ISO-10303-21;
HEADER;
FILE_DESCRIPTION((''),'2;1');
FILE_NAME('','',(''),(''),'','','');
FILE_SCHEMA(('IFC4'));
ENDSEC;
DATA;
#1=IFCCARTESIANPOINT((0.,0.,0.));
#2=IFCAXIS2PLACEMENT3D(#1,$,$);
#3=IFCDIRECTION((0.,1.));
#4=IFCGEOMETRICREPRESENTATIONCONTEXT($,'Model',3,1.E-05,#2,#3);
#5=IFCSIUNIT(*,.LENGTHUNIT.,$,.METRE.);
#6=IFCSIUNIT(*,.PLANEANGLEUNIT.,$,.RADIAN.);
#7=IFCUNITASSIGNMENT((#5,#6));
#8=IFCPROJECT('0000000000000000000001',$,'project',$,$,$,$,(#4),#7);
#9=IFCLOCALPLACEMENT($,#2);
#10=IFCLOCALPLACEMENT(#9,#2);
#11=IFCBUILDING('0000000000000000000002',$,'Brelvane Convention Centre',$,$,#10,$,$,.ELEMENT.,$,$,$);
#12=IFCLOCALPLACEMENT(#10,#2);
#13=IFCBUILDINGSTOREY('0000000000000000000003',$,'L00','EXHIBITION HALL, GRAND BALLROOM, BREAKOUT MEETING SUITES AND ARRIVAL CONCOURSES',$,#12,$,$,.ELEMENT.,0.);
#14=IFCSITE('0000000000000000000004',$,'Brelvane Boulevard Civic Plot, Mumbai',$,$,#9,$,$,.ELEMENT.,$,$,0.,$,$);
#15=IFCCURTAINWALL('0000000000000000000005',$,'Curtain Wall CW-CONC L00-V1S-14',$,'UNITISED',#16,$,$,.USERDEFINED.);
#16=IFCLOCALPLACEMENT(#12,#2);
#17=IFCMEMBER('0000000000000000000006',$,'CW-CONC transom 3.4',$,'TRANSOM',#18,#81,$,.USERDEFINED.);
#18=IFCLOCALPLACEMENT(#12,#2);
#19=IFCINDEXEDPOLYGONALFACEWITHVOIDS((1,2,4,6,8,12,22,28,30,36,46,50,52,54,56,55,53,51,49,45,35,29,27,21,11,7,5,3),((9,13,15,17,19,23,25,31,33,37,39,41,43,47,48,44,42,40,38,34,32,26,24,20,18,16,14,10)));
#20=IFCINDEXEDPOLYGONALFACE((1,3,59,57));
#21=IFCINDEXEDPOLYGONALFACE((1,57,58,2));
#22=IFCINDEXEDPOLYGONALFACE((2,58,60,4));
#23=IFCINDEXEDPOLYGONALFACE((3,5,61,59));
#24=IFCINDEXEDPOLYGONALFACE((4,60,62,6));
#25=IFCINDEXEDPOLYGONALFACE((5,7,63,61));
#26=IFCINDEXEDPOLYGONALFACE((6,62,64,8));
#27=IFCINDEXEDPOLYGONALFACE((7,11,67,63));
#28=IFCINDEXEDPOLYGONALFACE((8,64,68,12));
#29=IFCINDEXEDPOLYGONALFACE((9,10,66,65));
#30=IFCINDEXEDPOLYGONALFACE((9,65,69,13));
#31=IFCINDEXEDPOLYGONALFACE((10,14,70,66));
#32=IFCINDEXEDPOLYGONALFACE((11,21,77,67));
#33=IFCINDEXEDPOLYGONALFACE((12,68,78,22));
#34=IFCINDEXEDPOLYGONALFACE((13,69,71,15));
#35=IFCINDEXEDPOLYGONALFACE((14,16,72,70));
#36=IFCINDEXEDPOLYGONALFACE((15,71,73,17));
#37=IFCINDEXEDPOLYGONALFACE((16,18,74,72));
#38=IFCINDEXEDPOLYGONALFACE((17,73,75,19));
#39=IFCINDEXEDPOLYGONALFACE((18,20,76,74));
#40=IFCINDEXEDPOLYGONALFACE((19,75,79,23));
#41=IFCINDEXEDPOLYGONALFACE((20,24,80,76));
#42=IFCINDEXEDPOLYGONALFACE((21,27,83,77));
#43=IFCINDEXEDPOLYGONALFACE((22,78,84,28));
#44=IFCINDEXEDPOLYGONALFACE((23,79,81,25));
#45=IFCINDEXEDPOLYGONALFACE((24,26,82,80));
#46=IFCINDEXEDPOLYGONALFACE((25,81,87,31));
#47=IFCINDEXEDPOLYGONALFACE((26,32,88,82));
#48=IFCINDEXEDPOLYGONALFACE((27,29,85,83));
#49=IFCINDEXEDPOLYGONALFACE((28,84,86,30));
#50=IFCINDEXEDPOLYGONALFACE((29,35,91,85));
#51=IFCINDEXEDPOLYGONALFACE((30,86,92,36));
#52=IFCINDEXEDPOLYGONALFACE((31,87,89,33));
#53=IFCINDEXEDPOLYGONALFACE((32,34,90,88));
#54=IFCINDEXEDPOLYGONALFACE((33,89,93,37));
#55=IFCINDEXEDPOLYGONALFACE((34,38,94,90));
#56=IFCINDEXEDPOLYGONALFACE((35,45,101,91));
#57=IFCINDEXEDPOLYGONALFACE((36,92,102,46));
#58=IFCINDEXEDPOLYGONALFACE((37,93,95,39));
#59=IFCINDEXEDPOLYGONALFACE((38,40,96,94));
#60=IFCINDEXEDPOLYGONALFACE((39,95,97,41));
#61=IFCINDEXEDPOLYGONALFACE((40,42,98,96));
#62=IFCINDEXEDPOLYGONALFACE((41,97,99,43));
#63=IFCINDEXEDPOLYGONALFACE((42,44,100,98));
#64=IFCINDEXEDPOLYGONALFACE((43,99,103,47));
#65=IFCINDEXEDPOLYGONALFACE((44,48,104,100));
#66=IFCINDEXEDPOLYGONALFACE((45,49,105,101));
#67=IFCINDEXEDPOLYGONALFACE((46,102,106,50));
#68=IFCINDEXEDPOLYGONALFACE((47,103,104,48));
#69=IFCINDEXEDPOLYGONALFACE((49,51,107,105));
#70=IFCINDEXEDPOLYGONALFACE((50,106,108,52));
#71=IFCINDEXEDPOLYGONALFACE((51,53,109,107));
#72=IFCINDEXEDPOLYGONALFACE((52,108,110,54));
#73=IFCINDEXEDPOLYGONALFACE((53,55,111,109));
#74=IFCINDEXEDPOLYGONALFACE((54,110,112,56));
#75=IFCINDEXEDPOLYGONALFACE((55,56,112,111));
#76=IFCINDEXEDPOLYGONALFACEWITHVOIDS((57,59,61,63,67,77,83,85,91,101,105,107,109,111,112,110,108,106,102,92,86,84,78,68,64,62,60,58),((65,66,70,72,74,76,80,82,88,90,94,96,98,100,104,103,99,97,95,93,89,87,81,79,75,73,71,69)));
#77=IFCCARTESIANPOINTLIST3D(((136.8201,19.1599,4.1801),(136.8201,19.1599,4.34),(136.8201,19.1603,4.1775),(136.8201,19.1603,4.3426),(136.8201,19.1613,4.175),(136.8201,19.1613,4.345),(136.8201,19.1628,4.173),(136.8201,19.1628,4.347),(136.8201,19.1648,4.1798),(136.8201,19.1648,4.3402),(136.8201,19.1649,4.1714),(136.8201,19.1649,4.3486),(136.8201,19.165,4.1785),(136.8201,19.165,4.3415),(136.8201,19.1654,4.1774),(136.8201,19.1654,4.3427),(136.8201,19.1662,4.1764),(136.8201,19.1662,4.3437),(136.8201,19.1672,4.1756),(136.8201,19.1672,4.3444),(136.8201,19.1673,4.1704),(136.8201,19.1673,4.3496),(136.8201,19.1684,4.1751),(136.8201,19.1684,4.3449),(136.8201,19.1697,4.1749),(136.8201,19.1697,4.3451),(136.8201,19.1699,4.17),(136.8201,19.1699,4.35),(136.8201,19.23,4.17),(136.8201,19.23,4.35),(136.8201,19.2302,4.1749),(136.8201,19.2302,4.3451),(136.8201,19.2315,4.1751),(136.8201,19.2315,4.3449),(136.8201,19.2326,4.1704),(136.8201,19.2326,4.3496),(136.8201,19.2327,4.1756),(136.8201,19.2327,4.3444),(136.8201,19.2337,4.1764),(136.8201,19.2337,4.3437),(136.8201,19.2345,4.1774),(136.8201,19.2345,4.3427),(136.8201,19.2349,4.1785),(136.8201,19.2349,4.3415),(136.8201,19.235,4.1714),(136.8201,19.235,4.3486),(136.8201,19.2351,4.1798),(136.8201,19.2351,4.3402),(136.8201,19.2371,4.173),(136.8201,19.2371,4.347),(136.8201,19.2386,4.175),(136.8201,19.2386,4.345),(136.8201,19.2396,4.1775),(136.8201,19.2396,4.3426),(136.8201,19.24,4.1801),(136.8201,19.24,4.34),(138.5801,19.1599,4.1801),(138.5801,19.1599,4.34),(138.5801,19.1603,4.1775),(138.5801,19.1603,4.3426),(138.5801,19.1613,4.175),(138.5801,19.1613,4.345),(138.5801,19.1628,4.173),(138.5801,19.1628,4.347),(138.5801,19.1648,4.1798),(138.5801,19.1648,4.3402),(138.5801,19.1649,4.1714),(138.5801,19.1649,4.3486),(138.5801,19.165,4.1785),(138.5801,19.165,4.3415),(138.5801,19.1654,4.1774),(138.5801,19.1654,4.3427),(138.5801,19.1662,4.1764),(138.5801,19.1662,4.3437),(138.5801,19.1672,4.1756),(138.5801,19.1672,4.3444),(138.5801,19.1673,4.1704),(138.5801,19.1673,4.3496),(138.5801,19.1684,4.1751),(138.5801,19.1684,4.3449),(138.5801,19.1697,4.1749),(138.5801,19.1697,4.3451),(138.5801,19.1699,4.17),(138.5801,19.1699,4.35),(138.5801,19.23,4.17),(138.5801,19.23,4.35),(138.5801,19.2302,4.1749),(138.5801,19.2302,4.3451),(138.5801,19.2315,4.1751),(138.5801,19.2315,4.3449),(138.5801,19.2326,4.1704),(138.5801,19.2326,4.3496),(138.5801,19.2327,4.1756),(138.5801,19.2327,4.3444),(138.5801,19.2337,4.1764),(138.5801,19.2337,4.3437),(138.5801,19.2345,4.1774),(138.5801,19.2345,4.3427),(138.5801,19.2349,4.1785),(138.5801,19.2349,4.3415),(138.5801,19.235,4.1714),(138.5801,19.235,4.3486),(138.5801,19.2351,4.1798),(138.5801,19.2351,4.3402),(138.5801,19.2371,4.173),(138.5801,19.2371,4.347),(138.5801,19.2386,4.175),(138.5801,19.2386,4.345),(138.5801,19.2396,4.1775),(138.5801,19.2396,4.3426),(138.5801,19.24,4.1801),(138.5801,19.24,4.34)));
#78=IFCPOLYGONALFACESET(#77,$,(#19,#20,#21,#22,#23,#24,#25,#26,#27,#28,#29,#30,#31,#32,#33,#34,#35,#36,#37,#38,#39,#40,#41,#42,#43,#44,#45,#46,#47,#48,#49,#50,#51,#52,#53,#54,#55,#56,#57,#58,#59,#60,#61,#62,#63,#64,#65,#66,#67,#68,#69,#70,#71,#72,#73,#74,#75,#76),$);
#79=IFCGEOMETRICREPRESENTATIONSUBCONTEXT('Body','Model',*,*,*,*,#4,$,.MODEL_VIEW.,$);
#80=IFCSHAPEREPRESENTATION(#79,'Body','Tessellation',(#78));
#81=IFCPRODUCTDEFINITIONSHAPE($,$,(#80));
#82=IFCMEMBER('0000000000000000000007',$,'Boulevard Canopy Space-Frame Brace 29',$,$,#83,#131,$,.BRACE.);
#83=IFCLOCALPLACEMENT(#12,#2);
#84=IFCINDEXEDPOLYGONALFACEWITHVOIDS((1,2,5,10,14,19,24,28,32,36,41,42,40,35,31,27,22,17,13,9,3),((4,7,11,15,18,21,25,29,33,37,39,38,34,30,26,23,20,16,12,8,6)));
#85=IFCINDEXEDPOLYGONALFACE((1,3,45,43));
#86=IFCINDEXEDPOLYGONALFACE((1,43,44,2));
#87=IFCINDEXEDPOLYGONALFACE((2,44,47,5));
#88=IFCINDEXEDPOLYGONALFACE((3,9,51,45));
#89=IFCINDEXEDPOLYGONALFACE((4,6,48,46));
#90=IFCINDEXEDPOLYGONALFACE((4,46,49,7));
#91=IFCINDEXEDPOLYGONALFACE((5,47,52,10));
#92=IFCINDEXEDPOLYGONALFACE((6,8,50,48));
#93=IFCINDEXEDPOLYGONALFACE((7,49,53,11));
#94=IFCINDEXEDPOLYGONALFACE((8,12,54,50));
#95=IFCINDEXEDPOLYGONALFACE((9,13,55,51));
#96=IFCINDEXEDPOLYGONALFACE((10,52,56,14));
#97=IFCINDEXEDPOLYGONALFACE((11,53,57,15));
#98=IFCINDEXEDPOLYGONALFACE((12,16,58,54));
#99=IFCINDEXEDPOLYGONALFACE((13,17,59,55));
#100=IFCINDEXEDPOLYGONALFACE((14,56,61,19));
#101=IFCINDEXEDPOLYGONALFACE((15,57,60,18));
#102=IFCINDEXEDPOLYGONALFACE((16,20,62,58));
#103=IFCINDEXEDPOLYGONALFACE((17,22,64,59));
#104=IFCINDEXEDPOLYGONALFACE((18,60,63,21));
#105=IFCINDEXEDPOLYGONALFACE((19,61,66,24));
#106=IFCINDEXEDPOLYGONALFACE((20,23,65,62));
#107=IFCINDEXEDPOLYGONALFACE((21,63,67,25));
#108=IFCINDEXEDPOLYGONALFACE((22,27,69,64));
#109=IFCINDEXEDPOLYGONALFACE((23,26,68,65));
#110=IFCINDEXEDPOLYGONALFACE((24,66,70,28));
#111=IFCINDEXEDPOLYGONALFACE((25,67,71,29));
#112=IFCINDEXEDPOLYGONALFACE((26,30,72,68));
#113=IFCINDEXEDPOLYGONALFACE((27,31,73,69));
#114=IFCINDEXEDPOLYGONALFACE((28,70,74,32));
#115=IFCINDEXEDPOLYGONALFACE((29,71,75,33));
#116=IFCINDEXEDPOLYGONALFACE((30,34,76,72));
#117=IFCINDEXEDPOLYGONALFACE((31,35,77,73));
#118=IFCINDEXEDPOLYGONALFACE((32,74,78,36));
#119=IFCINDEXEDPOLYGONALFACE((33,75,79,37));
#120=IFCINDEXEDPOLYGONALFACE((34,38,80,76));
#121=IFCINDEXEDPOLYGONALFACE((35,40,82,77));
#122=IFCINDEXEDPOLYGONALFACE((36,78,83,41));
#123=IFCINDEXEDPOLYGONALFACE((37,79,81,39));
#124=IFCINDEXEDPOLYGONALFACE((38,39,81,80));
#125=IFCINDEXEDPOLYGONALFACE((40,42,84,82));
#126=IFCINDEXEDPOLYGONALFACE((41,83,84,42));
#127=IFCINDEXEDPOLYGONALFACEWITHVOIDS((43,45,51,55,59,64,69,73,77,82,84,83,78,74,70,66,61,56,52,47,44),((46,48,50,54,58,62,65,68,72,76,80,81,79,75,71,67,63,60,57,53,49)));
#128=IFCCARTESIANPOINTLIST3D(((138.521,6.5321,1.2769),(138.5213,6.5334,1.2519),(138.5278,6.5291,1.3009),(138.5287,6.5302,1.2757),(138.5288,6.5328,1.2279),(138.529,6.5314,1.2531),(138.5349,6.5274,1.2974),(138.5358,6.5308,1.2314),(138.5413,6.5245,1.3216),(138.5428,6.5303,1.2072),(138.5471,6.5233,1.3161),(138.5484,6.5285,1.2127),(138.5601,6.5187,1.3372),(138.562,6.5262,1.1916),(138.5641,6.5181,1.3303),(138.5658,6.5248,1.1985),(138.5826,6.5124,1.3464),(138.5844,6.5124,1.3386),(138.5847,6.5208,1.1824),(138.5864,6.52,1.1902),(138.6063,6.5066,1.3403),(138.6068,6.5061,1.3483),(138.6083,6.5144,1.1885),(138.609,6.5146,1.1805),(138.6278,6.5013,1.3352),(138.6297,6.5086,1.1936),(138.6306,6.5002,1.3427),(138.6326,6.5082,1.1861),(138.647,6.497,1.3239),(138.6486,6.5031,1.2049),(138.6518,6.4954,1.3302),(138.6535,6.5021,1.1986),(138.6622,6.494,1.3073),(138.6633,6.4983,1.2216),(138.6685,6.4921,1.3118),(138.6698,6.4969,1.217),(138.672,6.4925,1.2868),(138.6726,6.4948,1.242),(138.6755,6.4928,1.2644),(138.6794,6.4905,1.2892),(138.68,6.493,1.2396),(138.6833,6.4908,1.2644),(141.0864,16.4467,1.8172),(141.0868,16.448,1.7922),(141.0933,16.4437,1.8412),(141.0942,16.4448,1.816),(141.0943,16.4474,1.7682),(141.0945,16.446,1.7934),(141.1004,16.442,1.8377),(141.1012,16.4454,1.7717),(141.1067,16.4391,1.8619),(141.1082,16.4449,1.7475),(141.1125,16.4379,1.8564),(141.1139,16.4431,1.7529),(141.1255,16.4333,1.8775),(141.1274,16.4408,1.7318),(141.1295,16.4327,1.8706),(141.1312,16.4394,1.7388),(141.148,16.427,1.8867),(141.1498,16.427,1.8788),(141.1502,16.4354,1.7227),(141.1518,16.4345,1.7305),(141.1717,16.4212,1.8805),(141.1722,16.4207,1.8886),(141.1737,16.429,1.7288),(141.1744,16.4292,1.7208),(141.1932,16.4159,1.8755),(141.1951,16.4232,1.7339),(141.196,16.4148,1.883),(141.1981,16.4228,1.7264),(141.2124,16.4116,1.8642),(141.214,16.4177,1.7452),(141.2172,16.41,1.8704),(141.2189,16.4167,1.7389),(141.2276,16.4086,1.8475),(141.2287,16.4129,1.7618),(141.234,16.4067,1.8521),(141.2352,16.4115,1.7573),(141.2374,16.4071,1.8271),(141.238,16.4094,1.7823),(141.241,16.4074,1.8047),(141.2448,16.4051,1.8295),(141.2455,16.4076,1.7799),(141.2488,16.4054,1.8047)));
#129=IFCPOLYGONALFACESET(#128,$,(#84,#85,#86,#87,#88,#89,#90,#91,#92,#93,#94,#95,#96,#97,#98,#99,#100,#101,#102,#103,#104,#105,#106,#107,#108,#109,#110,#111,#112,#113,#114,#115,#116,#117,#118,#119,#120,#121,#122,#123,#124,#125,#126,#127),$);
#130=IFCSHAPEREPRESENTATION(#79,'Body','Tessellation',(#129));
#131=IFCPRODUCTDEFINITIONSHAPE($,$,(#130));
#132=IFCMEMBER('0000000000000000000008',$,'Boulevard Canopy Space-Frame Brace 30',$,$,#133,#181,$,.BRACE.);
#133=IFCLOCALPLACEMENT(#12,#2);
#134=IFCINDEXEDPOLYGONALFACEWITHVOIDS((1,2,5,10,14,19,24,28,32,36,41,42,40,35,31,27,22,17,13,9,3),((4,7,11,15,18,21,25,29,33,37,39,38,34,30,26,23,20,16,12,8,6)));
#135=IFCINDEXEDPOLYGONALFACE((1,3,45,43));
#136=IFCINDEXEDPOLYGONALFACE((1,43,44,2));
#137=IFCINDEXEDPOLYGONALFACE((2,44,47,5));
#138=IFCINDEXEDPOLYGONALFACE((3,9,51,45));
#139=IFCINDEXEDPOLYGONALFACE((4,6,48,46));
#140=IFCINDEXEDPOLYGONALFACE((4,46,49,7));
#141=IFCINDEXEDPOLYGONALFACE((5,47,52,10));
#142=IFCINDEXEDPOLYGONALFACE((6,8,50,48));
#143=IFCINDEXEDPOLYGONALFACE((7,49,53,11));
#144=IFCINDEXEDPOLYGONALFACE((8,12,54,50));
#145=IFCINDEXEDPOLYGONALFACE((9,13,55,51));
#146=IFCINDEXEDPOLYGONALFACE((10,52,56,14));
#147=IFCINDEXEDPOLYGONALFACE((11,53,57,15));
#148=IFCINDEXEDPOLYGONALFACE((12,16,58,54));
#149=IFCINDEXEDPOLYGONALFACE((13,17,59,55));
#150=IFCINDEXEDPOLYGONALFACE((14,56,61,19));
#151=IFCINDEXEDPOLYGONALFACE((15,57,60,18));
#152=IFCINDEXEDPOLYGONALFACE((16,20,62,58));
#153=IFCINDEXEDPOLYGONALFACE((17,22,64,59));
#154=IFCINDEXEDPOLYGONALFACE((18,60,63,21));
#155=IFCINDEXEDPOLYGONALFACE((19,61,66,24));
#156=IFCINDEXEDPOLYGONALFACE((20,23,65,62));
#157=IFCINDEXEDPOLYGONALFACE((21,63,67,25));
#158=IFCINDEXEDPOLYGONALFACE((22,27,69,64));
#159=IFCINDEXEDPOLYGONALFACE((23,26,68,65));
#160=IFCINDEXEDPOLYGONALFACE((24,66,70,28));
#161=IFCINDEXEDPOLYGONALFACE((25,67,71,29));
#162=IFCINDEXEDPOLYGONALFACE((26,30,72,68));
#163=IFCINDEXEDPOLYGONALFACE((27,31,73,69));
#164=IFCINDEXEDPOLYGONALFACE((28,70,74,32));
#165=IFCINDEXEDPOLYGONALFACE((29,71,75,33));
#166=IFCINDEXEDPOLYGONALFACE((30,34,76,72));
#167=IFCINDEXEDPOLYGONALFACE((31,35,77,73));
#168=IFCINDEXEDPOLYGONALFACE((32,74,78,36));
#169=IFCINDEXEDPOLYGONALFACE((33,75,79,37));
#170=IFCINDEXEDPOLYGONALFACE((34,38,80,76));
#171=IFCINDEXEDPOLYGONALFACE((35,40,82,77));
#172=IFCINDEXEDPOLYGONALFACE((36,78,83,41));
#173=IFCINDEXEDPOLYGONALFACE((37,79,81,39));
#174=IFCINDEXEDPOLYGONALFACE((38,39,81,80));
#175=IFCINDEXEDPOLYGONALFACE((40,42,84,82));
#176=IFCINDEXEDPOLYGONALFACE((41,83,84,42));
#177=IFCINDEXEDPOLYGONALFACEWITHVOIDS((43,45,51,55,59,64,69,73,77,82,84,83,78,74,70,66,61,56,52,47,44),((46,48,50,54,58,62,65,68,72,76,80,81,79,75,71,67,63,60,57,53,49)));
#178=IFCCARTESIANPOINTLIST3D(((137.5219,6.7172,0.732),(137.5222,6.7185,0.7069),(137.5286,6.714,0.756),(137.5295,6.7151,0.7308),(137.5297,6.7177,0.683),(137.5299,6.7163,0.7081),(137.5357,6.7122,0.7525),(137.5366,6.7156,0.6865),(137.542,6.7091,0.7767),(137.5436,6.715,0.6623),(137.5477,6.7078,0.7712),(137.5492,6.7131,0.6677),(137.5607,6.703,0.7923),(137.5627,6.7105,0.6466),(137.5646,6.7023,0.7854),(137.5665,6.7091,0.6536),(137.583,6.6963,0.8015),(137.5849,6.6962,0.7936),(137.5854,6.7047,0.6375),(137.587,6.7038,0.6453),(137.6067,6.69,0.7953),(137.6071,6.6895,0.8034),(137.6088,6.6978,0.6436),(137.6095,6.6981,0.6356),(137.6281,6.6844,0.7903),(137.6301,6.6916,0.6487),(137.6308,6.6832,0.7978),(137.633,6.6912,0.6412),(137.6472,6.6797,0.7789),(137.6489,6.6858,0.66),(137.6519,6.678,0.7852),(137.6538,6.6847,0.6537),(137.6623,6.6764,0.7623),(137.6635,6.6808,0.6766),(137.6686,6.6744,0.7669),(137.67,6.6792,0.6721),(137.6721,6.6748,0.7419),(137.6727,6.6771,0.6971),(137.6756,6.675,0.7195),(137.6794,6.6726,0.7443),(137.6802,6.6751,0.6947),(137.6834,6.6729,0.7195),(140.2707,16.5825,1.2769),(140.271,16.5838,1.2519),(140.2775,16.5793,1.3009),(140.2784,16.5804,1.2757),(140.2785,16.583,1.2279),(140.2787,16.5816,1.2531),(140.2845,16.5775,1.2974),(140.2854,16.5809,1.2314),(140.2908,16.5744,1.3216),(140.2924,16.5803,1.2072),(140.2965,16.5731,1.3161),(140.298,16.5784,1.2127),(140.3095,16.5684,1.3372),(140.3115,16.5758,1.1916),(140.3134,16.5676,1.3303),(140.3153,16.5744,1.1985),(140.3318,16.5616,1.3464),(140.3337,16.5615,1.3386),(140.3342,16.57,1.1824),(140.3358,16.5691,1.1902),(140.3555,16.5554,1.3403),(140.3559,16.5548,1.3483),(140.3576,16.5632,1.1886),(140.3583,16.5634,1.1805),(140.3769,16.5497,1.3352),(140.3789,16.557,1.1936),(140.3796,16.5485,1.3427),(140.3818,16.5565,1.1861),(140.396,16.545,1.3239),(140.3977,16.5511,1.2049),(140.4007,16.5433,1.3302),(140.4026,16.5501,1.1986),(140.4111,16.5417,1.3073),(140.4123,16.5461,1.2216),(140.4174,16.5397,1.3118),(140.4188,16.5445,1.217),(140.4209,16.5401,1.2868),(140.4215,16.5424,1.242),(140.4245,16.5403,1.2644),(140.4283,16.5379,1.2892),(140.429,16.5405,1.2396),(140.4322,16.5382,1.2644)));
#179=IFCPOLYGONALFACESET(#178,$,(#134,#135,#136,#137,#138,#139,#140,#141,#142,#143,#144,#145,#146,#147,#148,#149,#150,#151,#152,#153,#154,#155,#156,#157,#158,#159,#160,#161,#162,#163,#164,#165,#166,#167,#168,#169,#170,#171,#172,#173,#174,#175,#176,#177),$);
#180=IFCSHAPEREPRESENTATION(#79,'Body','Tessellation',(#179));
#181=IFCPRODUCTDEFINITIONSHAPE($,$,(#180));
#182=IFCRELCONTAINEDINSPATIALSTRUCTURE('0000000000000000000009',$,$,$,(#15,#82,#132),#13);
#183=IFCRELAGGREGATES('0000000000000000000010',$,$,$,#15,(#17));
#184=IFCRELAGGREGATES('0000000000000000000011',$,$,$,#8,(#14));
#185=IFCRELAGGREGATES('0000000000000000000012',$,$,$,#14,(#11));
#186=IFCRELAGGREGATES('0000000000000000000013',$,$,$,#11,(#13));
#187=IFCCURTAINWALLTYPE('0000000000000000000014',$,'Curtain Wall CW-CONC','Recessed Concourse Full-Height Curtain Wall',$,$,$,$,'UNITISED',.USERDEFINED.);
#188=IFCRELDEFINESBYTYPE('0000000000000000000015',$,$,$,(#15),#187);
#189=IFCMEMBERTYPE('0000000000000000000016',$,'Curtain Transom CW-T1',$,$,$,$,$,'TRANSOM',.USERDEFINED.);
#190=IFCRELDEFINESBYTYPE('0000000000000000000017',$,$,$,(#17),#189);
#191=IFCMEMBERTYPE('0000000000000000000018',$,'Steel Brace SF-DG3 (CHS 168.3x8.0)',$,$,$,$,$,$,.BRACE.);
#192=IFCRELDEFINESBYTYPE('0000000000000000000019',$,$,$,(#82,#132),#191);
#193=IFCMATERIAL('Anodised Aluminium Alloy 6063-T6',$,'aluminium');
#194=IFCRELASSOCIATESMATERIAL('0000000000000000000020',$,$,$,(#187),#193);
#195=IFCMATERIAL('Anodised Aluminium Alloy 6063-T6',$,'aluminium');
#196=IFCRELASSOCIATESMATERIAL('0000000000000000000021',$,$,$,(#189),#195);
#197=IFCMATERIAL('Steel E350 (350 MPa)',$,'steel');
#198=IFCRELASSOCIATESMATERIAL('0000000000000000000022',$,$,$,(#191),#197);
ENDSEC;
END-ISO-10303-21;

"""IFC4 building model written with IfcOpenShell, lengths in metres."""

from ifc_helpers import new_model, si_unit, direction, frame, origin, origin_2d, place, context, subcontext, project, spatial, hollow_rectangle, hollow_circle, extrude, material, material_profile, profile_set, type_object, element, aggregate, save


model = new_model("IFC4")

# Units and contexts
model_context = context("Model", 3, precision=1e-05, world=origin(), true_north=direction((0.0, 1.0)))
body_context = subcontext(model_context, "Body", "Model", "MODEL_VIEW")
ifc_project = project(units=[si_unit("LENGTHUNIT", "METRE"), si_unit("PLANEANGLEUNIT", "RADIAN")], contexts=[model_context])

# Site, building, storey
site_placement = place(None, origin())
site = spatial("IfcSite", under=ifc_project, at=site_placement, Name="Brelvane Boulevard Civic Plot, Mumbai", CompositionType="ELEMENT", RefElevation=0.0)
building_placement = place(site_placement, origin())
building = spatial("IfcBuilding", under=site, at=building_placement, Name="Brelvane Convention Centre", CompositionType="ELEMENT")
storey_placement = place(building_placement, origin())
storey = spatial("IfcBuildingStorey", under=building, at=storey_placement, Name="L00", Description="EXHIBITION HALL, GRAND BALLROOM, BREAKOUT MEETING SUITES AND ARRIVAL CONCOURSES", CompositionType="ELEMENT", Elevation=0.0)

# Curtain wall, member
ifc_material_1 = material(Name="Anodised Aluminium Alloy 6063-T6", Category="aluminium")
curtain_wall_type = type_object("IfcCurtainWallType", Name="Curtain Wall CW-CONC", Description="Recessed Concourse Full-Height Curtain Wall", ElementType="UNITISED", PredefinedType="USERDEFINED", material=ifc_material_1)
curtain_wall_placement = place(storey_placement, origin())
curtain_wall = element("IfcCurtainWall", 1, at=curtain_wall_placement, inside=storey, type_object=curtain_wall_type, Name="Curtain Wall CW-CONC L00-V1S-14", ObjectType="UNITISED", PredefinedType="USERDEFINED")
ifc_material_2 = material(Name="Anodised Aluminium Alloy 6063-T6", Category="aluminium")
ifc_material_profile_1 = material_profile(ifc_material_2, hollow_rectangle(XDim=0.0801, YDim=0.1799, WallThickness=0.0049, InnerFilletRadius=0.0049, OuterFilletRadius=0.01, at=origin_2d()), Name="ALU-T 180x80x5.0")
ifc_profile_set_1 = profile_set([ifc_material_profile_1], Name="Anodised Aluminium Alloy 6063-T6")
member_type_1 = type_object("IfcMemberType", Name="Curtain Transom CW-T1", ElementType="TRANSOM", PredefinedType="USERDEFINED", material=ifc_profile_set_1)
member_1_placement = place(storey_placement, frame((136.8201, 19.2, 4.26), z_axis=(1.0, 0.0, 0.0), x_axis=(0.0, 1.0, 0.0)))
member_1 = element("IfcMember", 2, at=member_1_placement, type_object=member_type_1, Name="CW-CONC transom 3.4", ObjectType="TRANSOM", PredefinedType="USERDEFINED", context=body_context, shape_type="SweptSolid", body=[
    extrude(hollow_rectangle(XDim=0.0801, YDim=0.1799, WallThickness=0.0049, InnerFilletRadius=0.0049, OuterFilletRadius=0.01, at=origin_2d()), origin(), (0.0, 0.0, 1.0), 1.76),
])

# Members
ifc_material_3 = material(Name="Steel E350 (350 MPa)", Category="steel")
ifc_material_profile_2 = material_profile(ifc_material_3, hollow_circle(Radius=0.0842, WallThickness=0.0081, at=origin_2d()), Name="CHS 168.3x8.0")
ifc_profile_set_2 = profile_set([ifc_material_profile_2], Name="Steel E350 (350 MPa)")
member_type_2 = type_object("IfcMemberType", Name="Steel Brace SF-DG3 (CHS 168.3x8.0)", PredefinedType="BRACE", material=ifc_profile_set_2)
member_2_placement = place(storey_placement, frame((141.1672, 16.4265, 1.8047), z_axis=(-0.250156, -0.966771, -0.052683), x_axis=(0.968116, -0.250504, 0.0)))
element("IfcMember", 3, at=member_2_placement, inside=storey, type_object=member_type_2, Name="Boulevard Canopy Space-Frame Brace 29", PredefinedType="BRACE", context=body_context, shape_type="SweptSolid", body=[
    extrude(hollow_circle(Radius=0.0842, WallThickness=0.0081, at=origin_2d()), origin(), (0.0, 0.0, 1.0), 10.2554),
])
member_3_placement = place(storey_placement, frame((140.3511, 16.5608, 1.2644), z_axis=(-0.268029, -0.961944, -0.053135), x_axis=(0.963305, -0.268409, 0.0)))
element("IfcMember", 4, at=member_3_placement, inside=storey, type_object=member_type_2, Name="Boulevard Canopy Space-Frame Brace 30", PredefinedType="BRACE", context=body_context, shape_type="SweptSolid", body=[
    extrude(hollow_circle(Radius=0.0842, WallThickness=0.0081, at=origin_2d()), origin(), (0.0, 0.0, 1.0), 10.2556),
])

aggregate(curtain_wall, [member_1])

save(model, "model.ifc")
